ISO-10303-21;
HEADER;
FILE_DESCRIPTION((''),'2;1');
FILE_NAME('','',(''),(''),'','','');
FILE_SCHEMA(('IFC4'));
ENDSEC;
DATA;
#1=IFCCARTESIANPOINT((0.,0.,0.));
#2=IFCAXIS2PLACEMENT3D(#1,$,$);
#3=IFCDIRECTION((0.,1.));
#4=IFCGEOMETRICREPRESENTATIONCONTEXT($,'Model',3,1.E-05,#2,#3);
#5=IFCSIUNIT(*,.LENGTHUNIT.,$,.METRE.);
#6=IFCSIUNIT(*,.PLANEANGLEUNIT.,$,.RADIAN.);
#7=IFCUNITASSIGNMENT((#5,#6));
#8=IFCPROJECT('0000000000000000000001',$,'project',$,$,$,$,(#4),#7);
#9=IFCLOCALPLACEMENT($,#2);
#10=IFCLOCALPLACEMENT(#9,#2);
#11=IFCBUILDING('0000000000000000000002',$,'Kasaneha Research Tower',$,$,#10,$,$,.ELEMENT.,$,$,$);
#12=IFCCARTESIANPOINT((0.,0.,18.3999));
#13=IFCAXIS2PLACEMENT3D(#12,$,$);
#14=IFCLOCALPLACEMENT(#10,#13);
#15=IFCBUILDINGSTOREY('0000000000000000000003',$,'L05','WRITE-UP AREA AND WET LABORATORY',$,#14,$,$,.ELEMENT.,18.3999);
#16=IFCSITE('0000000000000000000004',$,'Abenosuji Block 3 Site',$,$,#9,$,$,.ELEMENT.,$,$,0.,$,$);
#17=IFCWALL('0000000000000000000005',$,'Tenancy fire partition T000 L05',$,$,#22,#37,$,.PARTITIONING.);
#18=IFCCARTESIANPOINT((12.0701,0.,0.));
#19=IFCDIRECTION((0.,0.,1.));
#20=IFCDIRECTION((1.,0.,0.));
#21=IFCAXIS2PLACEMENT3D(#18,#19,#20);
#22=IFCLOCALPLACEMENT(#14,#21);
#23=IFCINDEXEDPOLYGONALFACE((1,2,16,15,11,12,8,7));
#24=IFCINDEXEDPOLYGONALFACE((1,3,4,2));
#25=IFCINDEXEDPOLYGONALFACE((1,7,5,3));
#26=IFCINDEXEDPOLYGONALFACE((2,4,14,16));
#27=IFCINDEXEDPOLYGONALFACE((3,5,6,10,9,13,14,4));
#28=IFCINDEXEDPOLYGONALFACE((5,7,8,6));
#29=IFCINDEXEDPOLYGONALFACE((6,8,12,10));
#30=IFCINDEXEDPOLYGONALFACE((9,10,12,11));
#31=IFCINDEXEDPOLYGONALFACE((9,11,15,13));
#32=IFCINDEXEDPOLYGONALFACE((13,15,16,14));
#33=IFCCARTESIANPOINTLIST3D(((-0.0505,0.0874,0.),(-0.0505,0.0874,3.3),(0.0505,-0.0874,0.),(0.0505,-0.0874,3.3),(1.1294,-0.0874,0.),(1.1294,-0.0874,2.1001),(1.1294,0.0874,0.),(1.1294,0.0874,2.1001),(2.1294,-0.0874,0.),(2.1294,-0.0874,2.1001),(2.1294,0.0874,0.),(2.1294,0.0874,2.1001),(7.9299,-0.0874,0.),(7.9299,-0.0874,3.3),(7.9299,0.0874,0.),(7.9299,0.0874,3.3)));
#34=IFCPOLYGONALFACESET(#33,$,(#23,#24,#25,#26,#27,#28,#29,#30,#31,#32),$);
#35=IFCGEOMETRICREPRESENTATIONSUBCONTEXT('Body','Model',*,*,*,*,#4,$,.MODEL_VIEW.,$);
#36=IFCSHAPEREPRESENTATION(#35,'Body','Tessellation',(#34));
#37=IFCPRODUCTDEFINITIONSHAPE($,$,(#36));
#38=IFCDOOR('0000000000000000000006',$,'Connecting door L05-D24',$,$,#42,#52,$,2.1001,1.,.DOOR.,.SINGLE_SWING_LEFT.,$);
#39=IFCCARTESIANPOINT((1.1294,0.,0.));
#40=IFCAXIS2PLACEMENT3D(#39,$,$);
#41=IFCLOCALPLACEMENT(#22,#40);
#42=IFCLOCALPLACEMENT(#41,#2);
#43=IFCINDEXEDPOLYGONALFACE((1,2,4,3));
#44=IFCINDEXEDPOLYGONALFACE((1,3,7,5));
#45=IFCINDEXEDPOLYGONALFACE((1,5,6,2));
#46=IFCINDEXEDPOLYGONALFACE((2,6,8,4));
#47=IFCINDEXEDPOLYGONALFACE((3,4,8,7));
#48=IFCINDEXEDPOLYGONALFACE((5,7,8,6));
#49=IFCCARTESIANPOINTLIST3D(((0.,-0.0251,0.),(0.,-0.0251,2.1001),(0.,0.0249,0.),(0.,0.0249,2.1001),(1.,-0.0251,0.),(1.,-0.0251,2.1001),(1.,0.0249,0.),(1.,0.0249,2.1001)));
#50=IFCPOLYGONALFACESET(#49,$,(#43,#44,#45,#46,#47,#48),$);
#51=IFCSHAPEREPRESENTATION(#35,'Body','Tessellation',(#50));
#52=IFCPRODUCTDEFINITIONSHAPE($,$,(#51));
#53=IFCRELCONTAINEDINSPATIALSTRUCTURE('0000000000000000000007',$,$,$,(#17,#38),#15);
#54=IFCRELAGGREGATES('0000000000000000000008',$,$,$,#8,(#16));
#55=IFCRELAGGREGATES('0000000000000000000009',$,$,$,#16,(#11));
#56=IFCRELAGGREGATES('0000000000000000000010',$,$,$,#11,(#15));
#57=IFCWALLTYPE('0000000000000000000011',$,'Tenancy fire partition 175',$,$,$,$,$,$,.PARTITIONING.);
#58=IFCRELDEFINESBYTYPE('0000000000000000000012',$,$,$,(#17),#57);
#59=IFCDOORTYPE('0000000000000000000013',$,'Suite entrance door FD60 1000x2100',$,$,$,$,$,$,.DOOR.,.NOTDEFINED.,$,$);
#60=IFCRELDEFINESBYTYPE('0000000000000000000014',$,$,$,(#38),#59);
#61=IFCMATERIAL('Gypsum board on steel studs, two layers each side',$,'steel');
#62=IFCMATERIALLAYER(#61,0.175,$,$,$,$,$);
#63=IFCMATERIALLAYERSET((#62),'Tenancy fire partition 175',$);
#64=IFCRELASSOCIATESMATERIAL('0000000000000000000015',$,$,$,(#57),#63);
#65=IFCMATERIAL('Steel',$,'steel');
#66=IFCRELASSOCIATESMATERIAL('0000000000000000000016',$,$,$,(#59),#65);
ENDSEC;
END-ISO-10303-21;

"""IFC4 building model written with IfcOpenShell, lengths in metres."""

from ifc_helpers import new_model, si_unit, direction, frame, frame_2d, origin, place, context, subcontext, project, spatial, polyline, rectangle, outline, extrude, material, layer, layer_set, type_object, element, fill, save


model = new_model("IFC4")

# Units and contexts
model_context = context("Model", 3, precision=1e-05, world=origin(), true_north=direction((0.0, 1.0)))
body_context = subcontext(model_context, "Body", "Model", "MODEL_VIEW")
ifc_project = project(units=[si_unit("LENGTHUNIT", "METRE"), si_unit("PLANEANGLEUNIT", "RADIAN")], contexts=[model_context])

# Site, building, storey
site_placement = place(None, origin())
site = spatial("IfcSite", under=ifc_project, at=site_placement, Name="Abenosuji Block 3 Site", CompositionType="ELEMENT", RefElevation=0.0)
building_placement = place(site_placement, origin())
building = spatial("IfcBuilding", under=site, at=building_placement, Name="Kasaneha Research Tower", CompositionType="ELEMENT")
storey_placement = place(building_placement, frame((0.0, 0.0, 18.3999)))
storey = spatial("IfcBuildingStorey", under=building, at=storey_placement, Name="L05", Description="WRITE-UP AREA AND WET LABORATORY", CompositionType="ELEMENT", Elevation=18.3999)

# Wall, opening, door
ifc_material_1 = material(Name="Gypsum board on steel studs, two layers each side", Category="steel")
ifc_layer_1 = layer(ifc_material_1, 0.175)
ifc_layer_set_1 = layer_set([ifc_layer_1], Name="Tenancy fire partition 175")
wall_type_1 = type_object("IfcWallType", Name="Tenancy fire partition 175", PredefinedType="PARTITIONING", material=ifc_layer_set_1)
wall_1_placement = place(storey_placement, frame((12.0701, 0.0, 0.0), z_axis=(0.0, 0.0, 1.0), x_axis=(1.0, 0.0, 0.0)))
wall_1 = element("IfcWall", 1, at=wall_1_placement, inside=storey, type_object=wall_type_1, Name="Tenancy fire partition T000 L05", PredefinedType="PARTITIONING", context=body_context, shape_type="SweptSolid", body=[
    extrude(outline(polyline([(0.0505, -0.0874), (1.1294, -0.0874), (2.1294, -0.0874), (7.9299, -0.0874), (7.9299, 0.0874), (2.1294, 0.0874), (1.1294, 0.0874), (-0.0505, 0.0874), (0.0505, -0.0874)])), origin(), (0.0, 0.0, 1.0), 3.3),
])
opening_1_placement = place(wall_1_placement, frame((1.1294, 0.0, 0.0)))
opening_1 = element("IfcOpeningElement", 2, at=opening_1_placement, cuts=wall_1, PredefinedType="OPENING", context=body_context, shape_type="SweptSolid", body=[
    extrude(rectangle(XDim=1.0, YDim=2.1001, at=frame_2d((0.5, 1.05))), frame((0.0, 0.0977, 0.0), z_axis=(0.0, -1.0, 0.0), x_axis=(1.0, 0.0, 0.0)), (0.0, 0.0, 1.0), 0.1951),
])
ifc_material_2 = material(Name="Steel", Category="steel")
door_type_1 = type_object("IfcDoorType", Name="Suite entrance door FD60 1000x2100", OperationType="NOTDEFINED", PredefinedType="DOOR", material=ifc_material_2)
door_1_placement = place(opening_1_placement, origin())
door_1 = element("IfcDoor", 3, at=door_1_placement, inside=storey, type_object=door_type_1, Name="Connecting door L05-D24", OperationType="SINGLE_SWING_LEFT", OverallHeight=2.1001, OverallWidth=1.0, PredefinedType="DOOR", context=body_context, shape_type="SweptSolid", body=[
    extrude(rectangle(XDim=1.0, YDim=2.1001, at=frame_2d((0.5, 1.05))), frame((0.0, 0.0249, 0.0), z_axis=(0.0, -1.0, 0.0), x_axis=(1.0, 0.0, 0.0)), (0.0, 0.0, 1.0), 0.05),
])
fill(opening_1, door_1)

save(model, "model.ifc")
